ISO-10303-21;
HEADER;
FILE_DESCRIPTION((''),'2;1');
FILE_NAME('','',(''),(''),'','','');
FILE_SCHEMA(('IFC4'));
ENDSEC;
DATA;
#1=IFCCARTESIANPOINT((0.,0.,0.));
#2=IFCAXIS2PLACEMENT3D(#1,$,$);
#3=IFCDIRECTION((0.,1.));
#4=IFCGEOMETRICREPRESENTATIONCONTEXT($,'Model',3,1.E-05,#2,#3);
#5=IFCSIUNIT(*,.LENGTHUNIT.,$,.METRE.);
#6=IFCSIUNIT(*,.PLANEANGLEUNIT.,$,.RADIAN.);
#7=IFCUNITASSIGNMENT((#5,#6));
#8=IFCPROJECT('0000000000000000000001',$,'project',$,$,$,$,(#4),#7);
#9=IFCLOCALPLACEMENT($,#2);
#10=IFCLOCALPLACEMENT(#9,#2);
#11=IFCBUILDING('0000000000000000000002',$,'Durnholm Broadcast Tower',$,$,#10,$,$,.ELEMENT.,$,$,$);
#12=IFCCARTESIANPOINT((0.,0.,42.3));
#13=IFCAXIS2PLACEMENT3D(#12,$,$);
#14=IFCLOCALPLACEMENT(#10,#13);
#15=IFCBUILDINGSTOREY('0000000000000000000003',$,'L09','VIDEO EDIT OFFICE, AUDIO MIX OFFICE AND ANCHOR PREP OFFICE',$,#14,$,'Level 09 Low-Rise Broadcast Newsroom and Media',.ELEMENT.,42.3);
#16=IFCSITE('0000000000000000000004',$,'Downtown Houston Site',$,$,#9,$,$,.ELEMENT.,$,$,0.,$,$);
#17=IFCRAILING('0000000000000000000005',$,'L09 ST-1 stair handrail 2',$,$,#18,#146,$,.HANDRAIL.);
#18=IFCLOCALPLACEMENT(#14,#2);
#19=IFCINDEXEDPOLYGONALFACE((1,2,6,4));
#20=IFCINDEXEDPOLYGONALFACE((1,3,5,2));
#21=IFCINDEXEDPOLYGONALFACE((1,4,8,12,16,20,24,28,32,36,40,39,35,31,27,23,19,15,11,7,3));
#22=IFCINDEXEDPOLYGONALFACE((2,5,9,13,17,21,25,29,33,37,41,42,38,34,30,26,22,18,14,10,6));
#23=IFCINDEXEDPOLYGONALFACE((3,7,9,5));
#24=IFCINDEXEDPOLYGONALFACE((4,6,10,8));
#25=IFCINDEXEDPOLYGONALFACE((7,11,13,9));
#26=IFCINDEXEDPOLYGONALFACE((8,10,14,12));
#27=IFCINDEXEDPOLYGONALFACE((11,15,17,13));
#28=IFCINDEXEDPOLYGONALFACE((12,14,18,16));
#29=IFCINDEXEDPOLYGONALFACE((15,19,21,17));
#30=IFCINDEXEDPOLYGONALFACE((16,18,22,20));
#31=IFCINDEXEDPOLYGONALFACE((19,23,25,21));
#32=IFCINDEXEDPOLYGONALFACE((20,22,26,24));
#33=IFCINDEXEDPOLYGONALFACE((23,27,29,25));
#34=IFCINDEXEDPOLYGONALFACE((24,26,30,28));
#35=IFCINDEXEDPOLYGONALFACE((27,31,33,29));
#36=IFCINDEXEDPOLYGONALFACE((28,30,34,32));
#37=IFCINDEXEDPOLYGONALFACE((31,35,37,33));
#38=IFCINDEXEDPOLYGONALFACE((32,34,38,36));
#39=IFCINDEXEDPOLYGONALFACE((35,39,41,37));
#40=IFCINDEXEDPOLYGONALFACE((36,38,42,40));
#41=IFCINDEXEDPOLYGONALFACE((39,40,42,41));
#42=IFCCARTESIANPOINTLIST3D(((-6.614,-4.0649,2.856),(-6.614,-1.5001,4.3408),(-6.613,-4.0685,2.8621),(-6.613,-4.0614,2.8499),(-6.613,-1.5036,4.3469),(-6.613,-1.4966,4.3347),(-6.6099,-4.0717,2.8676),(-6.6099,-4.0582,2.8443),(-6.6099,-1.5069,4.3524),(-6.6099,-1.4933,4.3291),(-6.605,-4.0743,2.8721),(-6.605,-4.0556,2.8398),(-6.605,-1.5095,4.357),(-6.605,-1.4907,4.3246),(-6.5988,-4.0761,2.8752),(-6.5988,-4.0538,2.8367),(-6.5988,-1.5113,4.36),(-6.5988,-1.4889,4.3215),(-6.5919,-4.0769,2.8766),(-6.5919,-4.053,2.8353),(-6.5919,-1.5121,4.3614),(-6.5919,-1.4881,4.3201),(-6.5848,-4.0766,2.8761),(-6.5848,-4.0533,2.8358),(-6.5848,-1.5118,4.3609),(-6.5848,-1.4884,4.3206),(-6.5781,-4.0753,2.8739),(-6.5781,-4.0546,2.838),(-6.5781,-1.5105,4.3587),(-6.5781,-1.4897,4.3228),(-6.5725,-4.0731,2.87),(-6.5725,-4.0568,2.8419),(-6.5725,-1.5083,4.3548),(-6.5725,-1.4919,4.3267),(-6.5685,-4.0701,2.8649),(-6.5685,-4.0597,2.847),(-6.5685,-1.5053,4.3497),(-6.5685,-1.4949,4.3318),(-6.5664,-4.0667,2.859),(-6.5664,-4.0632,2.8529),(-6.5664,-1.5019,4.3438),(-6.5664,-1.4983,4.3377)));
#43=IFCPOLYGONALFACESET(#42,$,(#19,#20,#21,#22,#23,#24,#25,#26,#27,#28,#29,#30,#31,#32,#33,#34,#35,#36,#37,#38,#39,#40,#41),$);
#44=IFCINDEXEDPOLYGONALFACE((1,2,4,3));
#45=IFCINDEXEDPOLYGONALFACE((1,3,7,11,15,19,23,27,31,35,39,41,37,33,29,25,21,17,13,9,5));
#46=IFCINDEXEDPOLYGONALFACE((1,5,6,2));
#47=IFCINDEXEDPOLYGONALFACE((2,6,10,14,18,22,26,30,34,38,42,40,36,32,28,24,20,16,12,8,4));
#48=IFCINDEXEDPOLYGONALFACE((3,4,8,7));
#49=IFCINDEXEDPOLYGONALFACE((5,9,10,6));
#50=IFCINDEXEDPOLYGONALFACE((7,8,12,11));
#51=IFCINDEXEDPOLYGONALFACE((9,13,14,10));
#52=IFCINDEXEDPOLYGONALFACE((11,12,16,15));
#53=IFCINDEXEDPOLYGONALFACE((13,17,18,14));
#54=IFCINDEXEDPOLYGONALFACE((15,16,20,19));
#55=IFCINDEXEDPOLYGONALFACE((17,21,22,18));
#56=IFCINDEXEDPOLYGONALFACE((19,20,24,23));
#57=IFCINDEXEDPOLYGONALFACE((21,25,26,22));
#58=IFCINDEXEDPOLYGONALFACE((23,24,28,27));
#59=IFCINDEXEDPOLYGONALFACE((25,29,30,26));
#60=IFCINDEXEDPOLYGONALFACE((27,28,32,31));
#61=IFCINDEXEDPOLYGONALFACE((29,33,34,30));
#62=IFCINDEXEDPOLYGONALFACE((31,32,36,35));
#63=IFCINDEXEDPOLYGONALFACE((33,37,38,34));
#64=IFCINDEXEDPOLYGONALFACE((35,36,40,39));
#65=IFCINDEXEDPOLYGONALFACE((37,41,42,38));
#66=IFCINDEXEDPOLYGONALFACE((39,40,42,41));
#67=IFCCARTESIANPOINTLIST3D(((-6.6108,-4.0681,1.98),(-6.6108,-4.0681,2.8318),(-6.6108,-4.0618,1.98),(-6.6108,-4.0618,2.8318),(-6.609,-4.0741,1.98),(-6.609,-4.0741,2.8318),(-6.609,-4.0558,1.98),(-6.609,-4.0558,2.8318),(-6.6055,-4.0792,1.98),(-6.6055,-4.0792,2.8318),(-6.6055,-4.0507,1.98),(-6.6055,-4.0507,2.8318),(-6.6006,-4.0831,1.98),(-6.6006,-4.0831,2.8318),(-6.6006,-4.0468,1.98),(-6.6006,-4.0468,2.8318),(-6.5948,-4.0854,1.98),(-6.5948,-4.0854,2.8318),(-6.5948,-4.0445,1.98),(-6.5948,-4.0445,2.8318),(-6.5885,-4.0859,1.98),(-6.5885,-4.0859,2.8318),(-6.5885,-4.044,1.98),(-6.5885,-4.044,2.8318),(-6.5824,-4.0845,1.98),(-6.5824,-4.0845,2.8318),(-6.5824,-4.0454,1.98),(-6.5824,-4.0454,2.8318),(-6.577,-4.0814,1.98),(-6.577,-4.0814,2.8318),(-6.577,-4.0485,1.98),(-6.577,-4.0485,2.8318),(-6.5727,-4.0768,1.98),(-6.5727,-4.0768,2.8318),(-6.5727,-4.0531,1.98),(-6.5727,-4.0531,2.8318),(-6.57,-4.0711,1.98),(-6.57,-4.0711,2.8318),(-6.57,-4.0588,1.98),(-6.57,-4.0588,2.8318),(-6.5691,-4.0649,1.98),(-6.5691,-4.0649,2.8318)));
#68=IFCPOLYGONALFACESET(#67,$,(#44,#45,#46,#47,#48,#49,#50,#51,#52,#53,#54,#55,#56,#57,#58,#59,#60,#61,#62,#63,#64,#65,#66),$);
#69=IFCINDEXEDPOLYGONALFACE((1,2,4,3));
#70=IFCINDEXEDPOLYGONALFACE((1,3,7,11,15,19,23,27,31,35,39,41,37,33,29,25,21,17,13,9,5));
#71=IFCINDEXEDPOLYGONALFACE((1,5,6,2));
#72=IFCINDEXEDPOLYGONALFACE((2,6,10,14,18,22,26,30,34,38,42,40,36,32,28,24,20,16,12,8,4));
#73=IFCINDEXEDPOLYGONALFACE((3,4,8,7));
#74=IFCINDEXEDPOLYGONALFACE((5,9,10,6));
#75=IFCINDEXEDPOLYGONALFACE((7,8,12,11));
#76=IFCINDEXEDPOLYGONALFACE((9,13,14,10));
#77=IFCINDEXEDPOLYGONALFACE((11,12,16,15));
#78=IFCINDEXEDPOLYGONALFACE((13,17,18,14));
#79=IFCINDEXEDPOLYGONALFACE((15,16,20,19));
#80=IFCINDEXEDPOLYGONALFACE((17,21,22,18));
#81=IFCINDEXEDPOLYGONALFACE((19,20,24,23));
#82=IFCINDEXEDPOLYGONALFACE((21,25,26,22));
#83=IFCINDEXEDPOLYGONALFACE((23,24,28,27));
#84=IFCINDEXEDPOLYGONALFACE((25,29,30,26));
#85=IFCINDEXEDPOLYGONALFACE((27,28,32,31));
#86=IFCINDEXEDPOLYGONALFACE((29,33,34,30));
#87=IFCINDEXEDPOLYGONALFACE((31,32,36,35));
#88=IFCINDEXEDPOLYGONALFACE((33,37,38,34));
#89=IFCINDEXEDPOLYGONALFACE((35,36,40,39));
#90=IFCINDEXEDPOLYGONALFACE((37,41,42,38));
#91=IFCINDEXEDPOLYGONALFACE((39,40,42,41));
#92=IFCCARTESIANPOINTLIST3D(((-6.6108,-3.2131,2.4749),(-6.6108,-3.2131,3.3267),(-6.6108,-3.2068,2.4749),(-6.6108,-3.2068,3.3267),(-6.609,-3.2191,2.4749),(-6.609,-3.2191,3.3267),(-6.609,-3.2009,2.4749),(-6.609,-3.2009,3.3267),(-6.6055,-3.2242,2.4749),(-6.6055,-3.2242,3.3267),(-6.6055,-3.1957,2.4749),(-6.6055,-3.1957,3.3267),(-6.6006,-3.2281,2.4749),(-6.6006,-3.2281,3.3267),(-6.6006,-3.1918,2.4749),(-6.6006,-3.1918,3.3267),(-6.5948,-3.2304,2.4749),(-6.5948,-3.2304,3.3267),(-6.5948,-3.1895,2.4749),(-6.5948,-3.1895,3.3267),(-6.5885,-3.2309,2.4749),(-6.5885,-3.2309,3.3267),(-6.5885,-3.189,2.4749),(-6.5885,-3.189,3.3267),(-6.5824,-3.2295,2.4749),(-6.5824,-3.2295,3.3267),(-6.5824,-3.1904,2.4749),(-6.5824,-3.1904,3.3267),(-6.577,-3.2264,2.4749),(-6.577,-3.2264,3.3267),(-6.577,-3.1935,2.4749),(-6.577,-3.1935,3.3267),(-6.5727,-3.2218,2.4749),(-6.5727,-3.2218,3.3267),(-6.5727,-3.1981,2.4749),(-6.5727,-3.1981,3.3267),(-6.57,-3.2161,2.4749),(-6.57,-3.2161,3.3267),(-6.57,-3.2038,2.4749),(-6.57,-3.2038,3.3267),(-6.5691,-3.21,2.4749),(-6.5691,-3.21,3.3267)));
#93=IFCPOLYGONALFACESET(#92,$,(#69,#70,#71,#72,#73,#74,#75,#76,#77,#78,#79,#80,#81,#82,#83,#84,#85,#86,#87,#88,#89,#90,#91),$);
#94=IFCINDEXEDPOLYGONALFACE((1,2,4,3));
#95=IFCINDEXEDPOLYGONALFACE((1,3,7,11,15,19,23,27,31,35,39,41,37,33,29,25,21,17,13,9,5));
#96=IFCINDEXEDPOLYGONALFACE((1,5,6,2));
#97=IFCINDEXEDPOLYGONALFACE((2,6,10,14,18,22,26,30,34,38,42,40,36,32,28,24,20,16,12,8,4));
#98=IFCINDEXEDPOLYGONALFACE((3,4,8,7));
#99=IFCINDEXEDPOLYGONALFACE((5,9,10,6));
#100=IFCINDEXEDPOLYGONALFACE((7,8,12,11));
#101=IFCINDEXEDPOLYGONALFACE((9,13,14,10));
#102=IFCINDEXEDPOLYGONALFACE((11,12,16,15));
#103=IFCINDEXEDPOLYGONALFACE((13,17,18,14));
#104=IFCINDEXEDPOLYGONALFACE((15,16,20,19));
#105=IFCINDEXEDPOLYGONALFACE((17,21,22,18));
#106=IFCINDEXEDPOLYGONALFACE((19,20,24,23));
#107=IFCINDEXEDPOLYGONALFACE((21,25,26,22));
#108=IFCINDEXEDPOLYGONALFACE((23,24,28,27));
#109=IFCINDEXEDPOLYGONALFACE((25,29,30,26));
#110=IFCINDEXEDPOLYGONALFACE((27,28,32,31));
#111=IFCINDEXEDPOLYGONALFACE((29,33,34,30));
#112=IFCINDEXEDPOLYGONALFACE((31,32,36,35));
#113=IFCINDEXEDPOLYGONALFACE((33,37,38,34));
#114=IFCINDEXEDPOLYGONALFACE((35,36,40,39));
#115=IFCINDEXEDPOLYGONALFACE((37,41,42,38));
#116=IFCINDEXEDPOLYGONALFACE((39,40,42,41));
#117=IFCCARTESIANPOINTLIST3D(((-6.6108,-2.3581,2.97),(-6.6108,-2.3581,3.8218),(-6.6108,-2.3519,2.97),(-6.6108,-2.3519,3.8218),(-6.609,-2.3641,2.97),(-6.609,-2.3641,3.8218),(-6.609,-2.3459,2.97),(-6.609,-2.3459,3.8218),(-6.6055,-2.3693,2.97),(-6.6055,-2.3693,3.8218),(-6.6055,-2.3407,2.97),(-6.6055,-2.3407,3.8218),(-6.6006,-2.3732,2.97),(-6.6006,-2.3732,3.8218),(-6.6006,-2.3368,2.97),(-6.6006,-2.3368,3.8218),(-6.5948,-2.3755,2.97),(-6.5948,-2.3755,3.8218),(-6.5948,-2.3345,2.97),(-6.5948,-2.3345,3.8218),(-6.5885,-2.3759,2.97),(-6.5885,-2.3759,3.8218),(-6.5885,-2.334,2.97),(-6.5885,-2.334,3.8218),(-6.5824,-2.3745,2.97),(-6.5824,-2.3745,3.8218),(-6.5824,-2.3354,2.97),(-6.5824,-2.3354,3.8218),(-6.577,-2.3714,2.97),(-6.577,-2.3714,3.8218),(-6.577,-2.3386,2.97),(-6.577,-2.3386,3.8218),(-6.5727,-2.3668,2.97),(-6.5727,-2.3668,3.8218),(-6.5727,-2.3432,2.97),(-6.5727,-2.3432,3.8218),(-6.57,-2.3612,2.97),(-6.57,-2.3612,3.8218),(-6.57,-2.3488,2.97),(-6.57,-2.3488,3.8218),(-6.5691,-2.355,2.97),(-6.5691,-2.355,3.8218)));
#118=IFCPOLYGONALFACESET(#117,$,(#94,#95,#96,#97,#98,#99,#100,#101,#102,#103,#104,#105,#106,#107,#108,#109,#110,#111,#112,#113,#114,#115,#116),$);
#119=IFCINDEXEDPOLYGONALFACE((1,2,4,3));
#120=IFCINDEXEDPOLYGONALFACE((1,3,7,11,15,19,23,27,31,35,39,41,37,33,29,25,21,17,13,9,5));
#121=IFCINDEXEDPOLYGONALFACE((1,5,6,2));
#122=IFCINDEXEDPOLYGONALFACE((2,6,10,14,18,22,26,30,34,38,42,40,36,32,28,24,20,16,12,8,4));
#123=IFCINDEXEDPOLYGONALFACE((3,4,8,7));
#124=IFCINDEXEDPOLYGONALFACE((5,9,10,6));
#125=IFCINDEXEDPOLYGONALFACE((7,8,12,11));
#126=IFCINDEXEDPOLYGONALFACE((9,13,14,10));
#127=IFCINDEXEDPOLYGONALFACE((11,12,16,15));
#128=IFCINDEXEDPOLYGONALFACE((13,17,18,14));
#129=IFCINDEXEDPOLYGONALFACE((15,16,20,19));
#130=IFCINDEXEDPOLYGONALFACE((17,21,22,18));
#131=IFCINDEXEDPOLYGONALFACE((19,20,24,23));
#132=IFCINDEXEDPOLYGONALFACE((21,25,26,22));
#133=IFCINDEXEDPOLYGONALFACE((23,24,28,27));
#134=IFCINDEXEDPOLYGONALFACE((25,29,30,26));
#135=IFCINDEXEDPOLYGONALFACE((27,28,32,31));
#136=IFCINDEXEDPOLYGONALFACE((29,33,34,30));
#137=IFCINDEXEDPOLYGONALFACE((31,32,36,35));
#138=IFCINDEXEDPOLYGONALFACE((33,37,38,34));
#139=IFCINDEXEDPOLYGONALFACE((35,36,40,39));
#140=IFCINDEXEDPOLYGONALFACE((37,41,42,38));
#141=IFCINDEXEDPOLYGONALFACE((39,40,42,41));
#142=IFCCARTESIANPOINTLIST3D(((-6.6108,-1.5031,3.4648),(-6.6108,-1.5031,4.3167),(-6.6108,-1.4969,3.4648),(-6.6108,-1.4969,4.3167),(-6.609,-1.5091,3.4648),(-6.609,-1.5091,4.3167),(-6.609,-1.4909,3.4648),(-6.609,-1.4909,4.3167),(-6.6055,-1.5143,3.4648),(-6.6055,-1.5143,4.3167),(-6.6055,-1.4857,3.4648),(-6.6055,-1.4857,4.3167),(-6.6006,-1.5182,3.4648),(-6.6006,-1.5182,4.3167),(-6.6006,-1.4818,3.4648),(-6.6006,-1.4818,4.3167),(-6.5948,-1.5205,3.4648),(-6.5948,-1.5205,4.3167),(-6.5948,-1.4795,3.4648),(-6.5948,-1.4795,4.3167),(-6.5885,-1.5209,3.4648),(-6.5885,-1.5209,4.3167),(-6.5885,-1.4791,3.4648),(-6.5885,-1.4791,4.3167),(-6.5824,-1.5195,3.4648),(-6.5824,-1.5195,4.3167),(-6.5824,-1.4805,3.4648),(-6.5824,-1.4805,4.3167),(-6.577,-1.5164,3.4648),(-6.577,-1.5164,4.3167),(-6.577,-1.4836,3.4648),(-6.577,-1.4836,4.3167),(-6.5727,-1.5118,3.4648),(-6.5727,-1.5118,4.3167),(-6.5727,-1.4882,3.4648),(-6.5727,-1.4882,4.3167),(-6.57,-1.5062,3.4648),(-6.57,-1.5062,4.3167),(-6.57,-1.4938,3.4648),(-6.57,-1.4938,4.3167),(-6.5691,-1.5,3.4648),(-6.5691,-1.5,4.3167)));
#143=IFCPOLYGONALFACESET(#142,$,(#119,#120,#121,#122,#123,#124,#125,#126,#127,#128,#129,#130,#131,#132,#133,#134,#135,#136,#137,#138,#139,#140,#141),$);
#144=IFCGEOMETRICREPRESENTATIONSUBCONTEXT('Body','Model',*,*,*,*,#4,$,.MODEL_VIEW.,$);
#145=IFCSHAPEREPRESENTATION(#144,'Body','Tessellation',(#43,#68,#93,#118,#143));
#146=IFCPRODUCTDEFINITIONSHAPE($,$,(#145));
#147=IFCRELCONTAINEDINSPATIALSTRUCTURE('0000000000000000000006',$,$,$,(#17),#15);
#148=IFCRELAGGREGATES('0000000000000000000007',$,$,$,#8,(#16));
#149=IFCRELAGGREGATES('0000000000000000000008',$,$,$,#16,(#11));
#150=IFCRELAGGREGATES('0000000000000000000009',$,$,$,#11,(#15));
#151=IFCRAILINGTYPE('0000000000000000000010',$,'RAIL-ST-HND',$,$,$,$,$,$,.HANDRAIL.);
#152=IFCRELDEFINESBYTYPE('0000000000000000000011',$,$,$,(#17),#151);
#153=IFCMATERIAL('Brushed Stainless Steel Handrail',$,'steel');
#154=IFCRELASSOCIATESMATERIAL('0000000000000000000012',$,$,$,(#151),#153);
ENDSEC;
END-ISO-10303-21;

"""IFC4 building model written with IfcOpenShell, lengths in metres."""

from ifc_helpers import new_model, si_unit, direction, frame, origin, origin_2d, place, context, subcontext, project, spatial, circle, extrude, material, type_object, element, save


model = new_model("IFC4")

# Units and contexts
model_context = context("Model", 3, precision=1e-05, world=origin(), true_north=direction((0.0, 1.0)))
body_context = subcontext(model_context, "Body", "Model", "MODEL_VIEW")
ifc_project = project(units=[si_unit("LENGTHUNIT", "METRE"), si_unit("PLANEANGLEUNIT", "RADIAN")], contexts=[model_context])

# Site, building, storey
site_placement = place(None, origin())
site = spatial("IfcSite", under=ifc_project, at=site_placement, Name="Downtown Houston Site", CompositionType="ELEMENT", RefElevation=0.0)
building_placement = place(site_placement, origin())
building = spatial("IfcBuilding", under=site, at=building_placement, Name="Durnholm Broadcast Tower", CompositionType="ELEMENT")
storey_placement = place(building_placement, frame((0.0, 0.0, 42.3)))
storey = spatial("IfcBuildingStorey", under=building, at=storey_placement, Name="L09", Description="VIDEO EDIT OFFICE, AUDIO MIX OFFICE AND ANCHOR PREP OFFICE", LongName="Level 09 Low-Rise Broadcast Newsroom and Media", CompositionType="ELEMENT", Elevation=42.3)

# Railing
ifc_material_1 = material(Name="Brushed Stainless Steel Handrail", Category="steel")
railing_type_1 = type_object("IfcRailingType", Name="RAIL-ST-HND", PredefinedType="HANDRAIL", material=ifc_material_1)
railing_1_placement = place(storey_placement, frame((-6.5901, -4.0649, 1.98)))
element("IfcRailing", 1, at=railing_1_placement, inside=storey, type_object=railing_type_1, Name="L09 ST-1 stair handrail 2", PredefinedType="HANDRAIL", context=body_context, shape_type="SweptSolid", body=[
    extrude(circle(Radius=0.0239, at=origin_2d()), frame((0.0, 0.0, 0.876), z_axis=(0.0, 0.865441, 0.50101), x_axis=(-1.0, 0.0, 0.0)), (0.0, 0.0, 1.0), 2.9636),
    extrude(circle(Radius=0.021, at=origin_2d()), origin(), (0.0, 0.0, 1.0), 0.8518),
    extrude(circle(Radius=0.021, at=origin_2d()), frame((0.0, 0.855, 0.4949)), (0.0, 0.0, 1.0), 0.8518),
    extrude(circle(Radius=0.021, at=origin_2d()), frame((0.0, 1.71, 0.99)), (0.0, 0.0, 1.0), 0.8518),
    extrude(circle(Radius=0.021, at=origin_2d()), frame((0.0, 2.5649, 1.4849)), (0.0, 0.0, 1.0), 0.8518),
])

save(model, "model.ifc")
